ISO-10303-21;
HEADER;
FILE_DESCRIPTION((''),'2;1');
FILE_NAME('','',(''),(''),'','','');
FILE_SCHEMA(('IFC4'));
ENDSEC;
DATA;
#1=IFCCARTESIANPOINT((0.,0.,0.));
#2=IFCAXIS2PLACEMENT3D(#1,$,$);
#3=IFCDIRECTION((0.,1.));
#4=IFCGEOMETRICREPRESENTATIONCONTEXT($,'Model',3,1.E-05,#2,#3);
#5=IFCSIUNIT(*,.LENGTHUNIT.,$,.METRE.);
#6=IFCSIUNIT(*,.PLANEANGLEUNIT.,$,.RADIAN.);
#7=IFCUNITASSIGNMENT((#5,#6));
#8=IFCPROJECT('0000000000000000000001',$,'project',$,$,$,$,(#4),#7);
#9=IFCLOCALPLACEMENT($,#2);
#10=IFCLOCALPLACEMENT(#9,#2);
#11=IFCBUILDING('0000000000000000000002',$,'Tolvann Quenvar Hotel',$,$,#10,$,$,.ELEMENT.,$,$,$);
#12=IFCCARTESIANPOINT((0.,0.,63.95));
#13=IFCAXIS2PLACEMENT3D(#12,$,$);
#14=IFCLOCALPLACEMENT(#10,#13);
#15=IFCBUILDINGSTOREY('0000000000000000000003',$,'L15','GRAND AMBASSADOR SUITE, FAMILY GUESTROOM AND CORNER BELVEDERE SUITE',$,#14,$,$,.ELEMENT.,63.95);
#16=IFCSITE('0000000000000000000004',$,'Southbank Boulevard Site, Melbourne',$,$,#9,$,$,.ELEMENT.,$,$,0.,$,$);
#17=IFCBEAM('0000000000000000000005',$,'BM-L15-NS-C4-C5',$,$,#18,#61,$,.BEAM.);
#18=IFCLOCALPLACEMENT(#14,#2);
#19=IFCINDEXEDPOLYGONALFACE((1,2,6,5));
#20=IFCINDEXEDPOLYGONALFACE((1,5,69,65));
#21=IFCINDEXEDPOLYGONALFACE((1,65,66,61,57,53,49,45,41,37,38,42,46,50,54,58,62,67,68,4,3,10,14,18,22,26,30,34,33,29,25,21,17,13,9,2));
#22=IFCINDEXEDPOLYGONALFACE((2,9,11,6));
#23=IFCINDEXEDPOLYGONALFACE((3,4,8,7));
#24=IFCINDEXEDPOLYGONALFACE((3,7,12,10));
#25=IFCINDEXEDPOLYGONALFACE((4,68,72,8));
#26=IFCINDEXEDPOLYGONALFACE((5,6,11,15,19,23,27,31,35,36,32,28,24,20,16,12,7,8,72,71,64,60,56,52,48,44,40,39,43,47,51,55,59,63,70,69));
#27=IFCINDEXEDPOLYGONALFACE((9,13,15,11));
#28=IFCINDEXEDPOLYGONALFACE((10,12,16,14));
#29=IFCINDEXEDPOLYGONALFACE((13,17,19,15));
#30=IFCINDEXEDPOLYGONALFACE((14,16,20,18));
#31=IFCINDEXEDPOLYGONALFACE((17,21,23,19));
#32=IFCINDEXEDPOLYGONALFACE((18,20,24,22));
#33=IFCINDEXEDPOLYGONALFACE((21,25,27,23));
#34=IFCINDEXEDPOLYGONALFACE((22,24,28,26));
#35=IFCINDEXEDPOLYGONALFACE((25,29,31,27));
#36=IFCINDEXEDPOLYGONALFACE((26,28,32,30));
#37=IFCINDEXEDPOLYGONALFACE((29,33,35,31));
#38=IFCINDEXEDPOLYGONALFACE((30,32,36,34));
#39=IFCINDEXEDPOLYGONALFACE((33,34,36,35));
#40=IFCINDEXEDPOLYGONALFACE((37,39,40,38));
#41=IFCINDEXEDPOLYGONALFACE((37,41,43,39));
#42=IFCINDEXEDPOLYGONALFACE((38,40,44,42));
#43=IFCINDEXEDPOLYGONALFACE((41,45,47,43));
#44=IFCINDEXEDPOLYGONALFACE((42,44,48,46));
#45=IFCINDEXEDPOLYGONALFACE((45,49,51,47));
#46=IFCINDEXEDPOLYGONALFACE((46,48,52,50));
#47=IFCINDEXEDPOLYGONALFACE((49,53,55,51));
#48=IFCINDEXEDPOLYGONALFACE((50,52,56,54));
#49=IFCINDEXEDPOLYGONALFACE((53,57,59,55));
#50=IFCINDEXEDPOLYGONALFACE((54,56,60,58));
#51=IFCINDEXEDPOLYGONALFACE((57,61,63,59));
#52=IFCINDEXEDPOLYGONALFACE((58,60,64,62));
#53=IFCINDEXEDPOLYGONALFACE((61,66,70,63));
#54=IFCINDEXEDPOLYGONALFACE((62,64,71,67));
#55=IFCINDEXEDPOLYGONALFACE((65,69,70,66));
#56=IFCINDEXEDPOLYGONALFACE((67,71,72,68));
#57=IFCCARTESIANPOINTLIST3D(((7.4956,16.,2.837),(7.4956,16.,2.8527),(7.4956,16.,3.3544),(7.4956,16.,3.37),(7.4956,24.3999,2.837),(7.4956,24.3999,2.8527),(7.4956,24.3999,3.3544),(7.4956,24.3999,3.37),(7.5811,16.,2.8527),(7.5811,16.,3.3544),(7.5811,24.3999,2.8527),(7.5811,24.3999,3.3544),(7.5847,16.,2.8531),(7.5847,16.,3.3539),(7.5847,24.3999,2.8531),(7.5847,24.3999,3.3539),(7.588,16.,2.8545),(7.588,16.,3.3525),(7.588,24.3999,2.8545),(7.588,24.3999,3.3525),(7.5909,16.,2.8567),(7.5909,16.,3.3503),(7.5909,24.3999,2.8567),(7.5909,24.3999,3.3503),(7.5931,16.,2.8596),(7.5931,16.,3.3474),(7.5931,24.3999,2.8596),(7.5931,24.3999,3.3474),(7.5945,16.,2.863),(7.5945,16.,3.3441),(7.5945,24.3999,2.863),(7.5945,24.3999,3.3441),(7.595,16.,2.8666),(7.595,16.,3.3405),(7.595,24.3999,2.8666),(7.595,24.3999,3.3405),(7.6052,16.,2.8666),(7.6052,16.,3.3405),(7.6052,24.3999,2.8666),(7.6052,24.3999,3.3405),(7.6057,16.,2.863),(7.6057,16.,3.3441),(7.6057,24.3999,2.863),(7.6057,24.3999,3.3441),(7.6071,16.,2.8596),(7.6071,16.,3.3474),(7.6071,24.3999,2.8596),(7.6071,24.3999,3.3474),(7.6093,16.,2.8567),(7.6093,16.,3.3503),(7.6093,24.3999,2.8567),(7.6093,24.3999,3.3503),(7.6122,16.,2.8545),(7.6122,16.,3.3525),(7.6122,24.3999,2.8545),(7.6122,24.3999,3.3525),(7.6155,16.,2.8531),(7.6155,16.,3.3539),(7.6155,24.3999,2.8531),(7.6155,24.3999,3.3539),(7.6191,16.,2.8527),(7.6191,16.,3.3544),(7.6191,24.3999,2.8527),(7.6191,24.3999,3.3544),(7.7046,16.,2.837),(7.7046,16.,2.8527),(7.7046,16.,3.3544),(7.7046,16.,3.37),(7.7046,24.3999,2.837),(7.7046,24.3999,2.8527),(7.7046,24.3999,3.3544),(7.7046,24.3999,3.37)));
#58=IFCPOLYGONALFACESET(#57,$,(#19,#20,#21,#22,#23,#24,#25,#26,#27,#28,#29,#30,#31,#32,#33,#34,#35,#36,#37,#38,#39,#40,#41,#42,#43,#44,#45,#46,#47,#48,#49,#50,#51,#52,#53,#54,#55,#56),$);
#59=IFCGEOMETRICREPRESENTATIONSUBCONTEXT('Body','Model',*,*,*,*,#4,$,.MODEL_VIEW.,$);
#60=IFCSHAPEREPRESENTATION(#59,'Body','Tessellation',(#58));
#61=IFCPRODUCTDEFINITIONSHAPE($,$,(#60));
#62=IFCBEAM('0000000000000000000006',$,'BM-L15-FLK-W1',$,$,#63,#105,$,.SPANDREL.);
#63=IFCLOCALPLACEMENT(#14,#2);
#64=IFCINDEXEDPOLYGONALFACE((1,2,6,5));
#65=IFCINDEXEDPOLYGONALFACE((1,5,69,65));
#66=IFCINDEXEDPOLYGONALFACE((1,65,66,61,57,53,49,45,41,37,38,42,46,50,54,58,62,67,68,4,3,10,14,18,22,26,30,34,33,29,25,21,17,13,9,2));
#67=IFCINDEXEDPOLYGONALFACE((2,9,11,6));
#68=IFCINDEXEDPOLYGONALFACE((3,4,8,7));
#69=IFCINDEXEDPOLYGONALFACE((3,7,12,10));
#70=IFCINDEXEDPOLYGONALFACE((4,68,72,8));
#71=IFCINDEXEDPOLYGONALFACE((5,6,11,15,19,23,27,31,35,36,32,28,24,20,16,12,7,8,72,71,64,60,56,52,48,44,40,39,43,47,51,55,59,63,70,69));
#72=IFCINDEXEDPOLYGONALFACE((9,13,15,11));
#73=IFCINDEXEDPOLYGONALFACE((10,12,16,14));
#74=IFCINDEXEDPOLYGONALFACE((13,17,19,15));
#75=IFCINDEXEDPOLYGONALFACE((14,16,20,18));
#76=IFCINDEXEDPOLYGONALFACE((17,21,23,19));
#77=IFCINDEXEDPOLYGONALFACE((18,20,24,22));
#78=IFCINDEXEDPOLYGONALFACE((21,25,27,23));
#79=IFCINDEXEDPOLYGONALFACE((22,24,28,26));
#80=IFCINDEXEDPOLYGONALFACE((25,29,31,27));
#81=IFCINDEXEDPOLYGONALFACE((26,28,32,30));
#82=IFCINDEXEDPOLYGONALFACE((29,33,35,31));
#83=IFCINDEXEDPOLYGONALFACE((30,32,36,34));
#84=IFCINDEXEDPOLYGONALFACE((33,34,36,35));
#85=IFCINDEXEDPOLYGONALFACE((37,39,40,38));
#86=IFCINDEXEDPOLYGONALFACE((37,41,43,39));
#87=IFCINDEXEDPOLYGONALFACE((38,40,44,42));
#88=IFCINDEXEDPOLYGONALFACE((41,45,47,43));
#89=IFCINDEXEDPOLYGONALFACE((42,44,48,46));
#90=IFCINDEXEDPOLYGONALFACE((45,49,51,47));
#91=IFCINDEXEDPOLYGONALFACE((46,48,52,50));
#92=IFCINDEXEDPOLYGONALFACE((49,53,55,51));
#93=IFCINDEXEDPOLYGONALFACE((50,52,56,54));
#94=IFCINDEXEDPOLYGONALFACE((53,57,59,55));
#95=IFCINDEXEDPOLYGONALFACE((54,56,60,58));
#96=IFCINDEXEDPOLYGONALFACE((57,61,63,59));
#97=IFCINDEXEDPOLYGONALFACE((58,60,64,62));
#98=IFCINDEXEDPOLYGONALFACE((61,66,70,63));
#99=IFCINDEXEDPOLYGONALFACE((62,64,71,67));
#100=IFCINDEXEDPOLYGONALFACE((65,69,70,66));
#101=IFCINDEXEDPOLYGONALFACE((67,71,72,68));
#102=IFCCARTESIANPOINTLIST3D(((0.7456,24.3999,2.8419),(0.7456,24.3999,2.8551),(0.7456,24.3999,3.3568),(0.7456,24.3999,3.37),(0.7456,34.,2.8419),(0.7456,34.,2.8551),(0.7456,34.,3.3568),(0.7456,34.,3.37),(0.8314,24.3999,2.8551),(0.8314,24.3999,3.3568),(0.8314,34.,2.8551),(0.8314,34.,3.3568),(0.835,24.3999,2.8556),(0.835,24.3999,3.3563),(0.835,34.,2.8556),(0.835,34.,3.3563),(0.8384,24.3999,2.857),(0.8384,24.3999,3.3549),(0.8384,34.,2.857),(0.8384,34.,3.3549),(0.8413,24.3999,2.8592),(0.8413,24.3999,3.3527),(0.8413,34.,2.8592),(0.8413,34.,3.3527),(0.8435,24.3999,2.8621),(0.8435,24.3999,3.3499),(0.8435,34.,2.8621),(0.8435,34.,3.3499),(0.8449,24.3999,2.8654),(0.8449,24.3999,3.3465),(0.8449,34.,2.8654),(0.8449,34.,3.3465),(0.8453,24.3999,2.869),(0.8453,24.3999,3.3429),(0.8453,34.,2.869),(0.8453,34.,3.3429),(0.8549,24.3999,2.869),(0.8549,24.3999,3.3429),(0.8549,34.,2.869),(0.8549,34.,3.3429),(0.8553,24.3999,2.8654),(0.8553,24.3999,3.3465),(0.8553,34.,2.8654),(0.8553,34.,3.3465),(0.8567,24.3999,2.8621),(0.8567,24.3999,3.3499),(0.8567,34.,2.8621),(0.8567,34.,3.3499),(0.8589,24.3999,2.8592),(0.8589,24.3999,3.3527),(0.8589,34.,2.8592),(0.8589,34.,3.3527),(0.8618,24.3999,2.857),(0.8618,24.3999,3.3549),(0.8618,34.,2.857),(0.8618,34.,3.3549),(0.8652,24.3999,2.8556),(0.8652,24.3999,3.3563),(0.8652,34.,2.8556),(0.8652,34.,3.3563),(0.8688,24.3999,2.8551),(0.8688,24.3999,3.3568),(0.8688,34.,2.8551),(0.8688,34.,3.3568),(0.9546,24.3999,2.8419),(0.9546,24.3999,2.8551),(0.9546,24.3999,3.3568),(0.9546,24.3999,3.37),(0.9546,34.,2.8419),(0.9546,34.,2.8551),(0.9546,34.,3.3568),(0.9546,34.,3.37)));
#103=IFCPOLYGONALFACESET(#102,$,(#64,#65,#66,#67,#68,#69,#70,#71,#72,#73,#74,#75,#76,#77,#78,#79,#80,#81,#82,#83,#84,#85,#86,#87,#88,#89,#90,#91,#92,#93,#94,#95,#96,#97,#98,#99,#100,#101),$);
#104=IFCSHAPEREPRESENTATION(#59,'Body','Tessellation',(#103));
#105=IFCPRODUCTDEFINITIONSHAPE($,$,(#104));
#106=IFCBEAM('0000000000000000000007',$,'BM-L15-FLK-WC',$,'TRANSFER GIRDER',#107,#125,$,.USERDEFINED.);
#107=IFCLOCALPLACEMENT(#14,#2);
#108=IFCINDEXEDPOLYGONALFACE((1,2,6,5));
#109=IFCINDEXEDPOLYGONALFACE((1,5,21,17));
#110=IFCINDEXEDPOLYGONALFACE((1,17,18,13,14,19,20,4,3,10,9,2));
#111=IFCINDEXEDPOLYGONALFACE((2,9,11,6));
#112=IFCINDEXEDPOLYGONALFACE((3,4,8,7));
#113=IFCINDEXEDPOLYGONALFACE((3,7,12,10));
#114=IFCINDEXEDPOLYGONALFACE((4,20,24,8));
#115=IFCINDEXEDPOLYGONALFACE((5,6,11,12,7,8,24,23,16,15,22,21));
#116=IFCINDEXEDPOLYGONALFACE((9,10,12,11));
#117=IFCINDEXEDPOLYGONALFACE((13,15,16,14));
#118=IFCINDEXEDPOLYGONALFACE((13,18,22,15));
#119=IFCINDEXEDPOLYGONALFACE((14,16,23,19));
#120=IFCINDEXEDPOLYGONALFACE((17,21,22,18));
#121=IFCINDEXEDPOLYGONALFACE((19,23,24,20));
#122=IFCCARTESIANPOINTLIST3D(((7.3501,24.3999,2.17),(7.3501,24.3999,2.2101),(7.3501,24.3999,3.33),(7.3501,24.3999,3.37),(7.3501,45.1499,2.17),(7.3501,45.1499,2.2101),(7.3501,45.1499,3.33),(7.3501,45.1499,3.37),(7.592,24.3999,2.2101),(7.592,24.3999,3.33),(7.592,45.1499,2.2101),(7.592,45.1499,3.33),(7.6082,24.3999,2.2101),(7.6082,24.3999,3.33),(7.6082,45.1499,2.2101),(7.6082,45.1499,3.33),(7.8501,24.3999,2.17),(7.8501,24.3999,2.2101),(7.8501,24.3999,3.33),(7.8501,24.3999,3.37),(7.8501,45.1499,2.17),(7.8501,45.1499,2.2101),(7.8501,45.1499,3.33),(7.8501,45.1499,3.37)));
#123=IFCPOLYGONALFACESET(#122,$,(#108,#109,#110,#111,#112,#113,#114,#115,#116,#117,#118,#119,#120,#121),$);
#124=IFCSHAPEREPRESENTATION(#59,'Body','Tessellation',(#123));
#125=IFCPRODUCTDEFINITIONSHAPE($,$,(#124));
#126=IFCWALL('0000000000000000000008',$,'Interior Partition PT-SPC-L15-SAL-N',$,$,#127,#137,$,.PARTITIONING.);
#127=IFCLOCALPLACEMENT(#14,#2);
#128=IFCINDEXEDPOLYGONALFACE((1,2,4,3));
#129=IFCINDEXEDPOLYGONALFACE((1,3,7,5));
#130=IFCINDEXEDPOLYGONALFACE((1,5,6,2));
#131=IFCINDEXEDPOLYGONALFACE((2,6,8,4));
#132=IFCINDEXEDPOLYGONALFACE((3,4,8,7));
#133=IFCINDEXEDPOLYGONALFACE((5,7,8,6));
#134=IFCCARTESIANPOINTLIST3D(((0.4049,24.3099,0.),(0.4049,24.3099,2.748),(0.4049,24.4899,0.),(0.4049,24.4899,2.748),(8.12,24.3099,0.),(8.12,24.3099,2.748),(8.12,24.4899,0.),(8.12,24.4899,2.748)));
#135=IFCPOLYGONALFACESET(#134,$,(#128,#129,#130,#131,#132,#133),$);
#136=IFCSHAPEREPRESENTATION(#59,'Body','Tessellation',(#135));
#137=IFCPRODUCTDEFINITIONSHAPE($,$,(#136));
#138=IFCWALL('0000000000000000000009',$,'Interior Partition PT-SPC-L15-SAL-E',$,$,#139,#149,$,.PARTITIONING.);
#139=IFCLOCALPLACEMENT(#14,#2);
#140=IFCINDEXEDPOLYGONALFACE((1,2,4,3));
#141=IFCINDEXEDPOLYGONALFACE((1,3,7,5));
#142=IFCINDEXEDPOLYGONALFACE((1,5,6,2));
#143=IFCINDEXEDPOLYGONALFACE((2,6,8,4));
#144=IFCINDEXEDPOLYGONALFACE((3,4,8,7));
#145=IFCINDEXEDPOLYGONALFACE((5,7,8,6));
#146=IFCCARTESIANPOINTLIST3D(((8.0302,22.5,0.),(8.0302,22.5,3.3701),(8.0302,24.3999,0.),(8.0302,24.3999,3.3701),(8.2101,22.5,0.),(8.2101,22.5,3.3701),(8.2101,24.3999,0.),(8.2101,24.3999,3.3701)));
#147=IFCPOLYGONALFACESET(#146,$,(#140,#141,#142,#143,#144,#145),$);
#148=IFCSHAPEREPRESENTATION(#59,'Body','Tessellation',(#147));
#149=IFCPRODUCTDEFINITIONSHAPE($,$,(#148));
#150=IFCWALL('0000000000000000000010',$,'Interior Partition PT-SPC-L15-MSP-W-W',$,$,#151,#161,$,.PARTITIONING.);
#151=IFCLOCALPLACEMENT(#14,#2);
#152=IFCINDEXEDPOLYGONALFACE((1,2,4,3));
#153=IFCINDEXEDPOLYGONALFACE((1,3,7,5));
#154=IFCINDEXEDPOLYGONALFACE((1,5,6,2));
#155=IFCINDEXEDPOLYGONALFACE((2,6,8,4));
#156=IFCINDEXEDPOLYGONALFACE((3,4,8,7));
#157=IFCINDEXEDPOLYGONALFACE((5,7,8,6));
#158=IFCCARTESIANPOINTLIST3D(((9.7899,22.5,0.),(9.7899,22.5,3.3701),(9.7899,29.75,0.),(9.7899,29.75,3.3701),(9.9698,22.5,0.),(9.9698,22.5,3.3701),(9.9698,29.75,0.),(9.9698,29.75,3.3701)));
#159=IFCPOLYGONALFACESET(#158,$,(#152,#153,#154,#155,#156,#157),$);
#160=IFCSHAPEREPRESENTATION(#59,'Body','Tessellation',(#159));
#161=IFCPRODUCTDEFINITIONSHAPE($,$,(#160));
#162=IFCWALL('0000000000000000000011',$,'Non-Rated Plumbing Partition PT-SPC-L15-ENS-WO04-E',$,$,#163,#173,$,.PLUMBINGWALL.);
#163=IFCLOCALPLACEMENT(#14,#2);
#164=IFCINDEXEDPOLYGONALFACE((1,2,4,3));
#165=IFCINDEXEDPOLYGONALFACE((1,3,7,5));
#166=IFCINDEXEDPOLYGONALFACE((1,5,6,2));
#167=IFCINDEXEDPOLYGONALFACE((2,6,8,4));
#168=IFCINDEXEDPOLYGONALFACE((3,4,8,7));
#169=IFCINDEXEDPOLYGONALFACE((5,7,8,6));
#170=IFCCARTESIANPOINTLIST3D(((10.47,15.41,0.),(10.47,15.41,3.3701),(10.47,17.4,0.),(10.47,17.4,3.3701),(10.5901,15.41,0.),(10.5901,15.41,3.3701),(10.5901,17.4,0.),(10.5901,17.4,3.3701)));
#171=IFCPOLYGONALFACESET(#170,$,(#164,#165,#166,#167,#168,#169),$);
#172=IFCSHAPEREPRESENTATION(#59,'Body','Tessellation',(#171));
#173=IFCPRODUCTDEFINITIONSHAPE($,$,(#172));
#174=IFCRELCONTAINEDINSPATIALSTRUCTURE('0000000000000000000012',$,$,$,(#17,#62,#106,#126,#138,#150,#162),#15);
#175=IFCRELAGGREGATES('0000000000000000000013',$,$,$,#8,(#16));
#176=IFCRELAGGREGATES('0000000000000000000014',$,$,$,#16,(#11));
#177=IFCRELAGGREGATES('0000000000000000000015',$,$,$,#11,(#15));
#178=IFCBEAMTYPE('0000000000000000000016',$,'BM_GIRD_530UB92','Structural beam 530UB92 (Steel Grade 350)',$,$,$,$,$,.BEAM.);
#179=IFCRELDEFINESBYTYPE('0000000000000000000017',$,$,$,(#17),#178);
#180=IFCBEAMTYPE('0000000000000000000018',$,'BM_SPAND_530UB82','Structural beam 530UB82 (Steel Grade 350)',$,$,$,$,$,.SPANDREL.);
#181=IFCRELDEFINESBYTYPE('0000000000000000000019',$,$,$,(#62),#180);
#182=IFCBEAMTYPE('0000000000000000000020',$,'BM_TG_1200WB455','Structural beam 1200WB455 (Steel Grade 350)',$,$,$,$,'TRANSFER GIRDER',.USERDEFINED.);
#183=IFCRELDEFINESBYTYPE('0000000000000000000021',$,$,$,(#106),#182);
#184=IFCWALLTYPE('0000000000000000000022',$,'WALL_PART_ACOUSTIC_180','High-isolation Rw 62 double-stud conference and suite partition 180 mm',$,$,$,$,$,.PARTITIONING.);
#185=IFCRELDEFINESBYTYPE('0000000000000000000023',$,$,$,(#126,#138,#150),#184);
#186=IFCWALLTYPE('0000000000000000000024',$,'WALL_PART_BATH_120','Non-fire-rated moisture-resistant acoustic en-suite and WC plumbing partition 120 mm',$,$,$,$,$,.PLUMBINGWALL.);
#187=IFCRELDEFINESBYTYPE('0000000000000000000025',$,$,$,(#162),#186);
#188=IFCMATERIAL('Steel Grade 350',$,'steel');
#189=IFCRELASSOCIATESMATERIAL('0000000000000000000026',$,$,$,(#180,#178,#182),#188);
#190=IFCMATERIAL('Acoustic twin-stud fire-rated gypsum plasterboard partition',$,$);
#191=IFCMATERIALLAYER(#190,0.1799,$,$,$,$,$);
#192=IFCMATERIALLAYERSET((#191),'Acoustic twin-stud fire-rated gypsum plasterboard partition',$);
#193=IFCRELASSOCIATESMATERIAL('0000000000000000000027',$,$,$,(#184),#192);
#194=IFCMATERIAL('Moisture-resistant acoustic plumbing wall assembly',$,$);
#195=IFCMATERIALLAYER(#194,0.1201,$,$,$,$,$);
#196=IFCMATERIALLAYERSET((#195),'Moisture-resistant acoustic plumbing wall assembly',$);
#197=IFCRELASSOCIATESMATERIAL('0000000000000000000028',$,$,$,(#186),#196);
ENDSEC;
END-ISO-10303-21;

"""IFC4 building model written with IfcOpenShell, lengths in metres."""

from ifc_helpers import new_model, si_unit, direction, frame, frame_2d, origin, origin_2d, place, context, subcontext, project, spatial, rectangle, i_section, extrude, source, transform, mapped, material, layer, layer_set, material_profile, profile_set, type_object, type_shapes, element, save


model = new_model("IFC4")

# Units and contexts
model_context = context("Model", 3, precision=1e-05, world=origin(), true_north=direction((0.0, 1.0)))
body_context = subcontext(model_context, "Body", "Model", "MODEL_VIEW")
ifc_project = project(units=[si_unit("LENGTHUNIT", "METRE"), si_unit("PLANEANGLEUNIT", "RADIAN")], contexts=[model_context])

# Site, building, storey
site_placement = place(None, origin())
site = spatial("IfcSite", under=ifc_project, at=site_placement, Name="Southbank Boulevard Site, Melbourne", CompositionType="ELEMENT", RefElevation=0.0)
building_placement = place(site_placement, origin())
building = spatial("IfcBuilding", under=site, at=building_placement, Name="Tolvann Quenvar Hotel", CompositionType="ELEMENT")
storey_placement = place(building_placement, frame((0.0, 0.0, 63.95)))
storey = spatial("IfcBuildingStorey", under=building, at=storey_placement, Name="L15", Description="GRAND AMBASSADOR SUITE, FAMILY GUESTROOM AND CORNER BELVEDERE SUITE", CompositionType="ELEMENT", Elevation=63.95)

# Shared definitions
ifc_material_1 = material(Name="Steel Grade 350", Category="steel")

# Beams
ifc_material_profile_1 = material_profile(ifc_material_1, i_section(OverallWidth=0.209, OverallDepth=0.5281, WebThickness=0.0095, FlangeThickness=0.0132, FilletRadius=0.0139, at=origin_2d()), Name="530UB82")
ifc_profile_set_1 = profile_set([ifc_material_profile_1], Name="Steel Grade 350")
beam_type_1 = type_object("IfcBeamType", Name="BM_SPAND_530UB82", Description="Structural beam 530UB82 (Steel Grade 350)", PredefinedType="SPANDREL", material=ifc_profile_set_1)
ifc_material_profile_2 = material_profile(ifc_material_1, i_section(OverallWidth=0.209, OverallDepth=0.533, WebThickness=0.0103, FlangeThickness=0.0156, FilletRadius=0.0139, at=origin_2d()), Name="530UB92")
ifc_profile_set_2 = profile_set([ifc_material_profile_2], Name="Steel Grade 350")
beam_type_2 = type_object("IfcBeamType", Name="BM_GIRD_530UB92", Description="Structural beam 530UB92 (Steel Grade 350)", PredefinedType="BEAM", material=ifc_profile_set_2)
shared_shape_1 = source(origin(), body_context, "Body", "SweptSolid", [
    extrude(i_section(OverallWidth=0.209, OverallDepth=0.533, WebThickness=0.0103, FlangeThickness=0.0156, FilletRadius=0.0139, at=origin_2d()), origin(), (0.0, 0.0, 1.0), 8.3999),
])
type_shapes(beam_type_2, [shared_shape_1])
beam_1_placement = place(storey_placement, frame((7.6001, 16.0, 3.1035), z_axis=(0.0, 1.0, 0.0), x_axis=(-1.0, 0.0, 0.0)))
element("IfcBeam", 1, at=beam_1_placement, inside=storey, type_object=beam_type_2, Name="BM-L15-NS-C4-C5", PredefinedType="BEAM", context=body_context, shape_type="MappedRepresentation", body=[
    mapped(shared_shape_1, transform((0.0, 0.0, 0.0), x_axis=(1.0, 0.0, 0.0), y_axis=(0.0, 1.0, 0.0), z_axis=(0.0, 0.0, 1.0), scale=1.0)),
])
shared_shape_2 = source(origin(), body_context, "Body", "SweptSolid", [
    extrude(i_section(OverallWidth=0.209, OverallDepth=0.5281, WebThickness=0.0095, FlangeThickness=0.0132, FilletRadius=0.0139, at=origin_2d()), origin(), (0.0, 0.0, 1.0), 9.6001),
])
beam_2_placement = place(storey_placement, frame((0.8501, 24.3999, 3.106), z_axis=(0.0, 1.0, 0.0), x_axis=(-1.0, 0.0, 0.0)))
element("IfcBeam", 2, at=beam_2_placement, inside=storey, type_object=beam_type_1, Name="BM-L15-FLK-W1", PredefinedType="SPANDREL", context=body_context, shape_type="MappedRepresentation", body=[
    mapped(shared_shape_2, transform((0.0, 0.0, 0.0), x_axis=(1.0, 0.0, 0.0), y_axis=(0.0, 1.0, 0.0), z_axis=(0.0, 0.0, 1.0), scale=1.0)),
])
ifc_material_profile_3 = material_profile(ifc_material_1, i_section(OverallWidth=0.5, OverallDepth=1.2, WebThickness=0.0161, FlangeThickness=0.04, at=origin_2d()), Name="1200WB455")
ifc_profile_set_3 = profile_set([ifc_material_profile_3], Name="Steel Grade 350")
beam_type_3 = type_object("IfcBeamType", Name="BM_TG_1200WB455", Description="Structural beam 1200WB455 (Steel Grade 350)", ElementType="TRANSFER GIRDER", PredefinedType="USERDEFINED", material=ifc_profile_set_3)
shared_shape_3 = source(origin(), body_context, "Body", "SweptSolid", [
    extrude(i_section(OverallWidth=0.5, OverallDepth=1.2, WebThickness=0.0161, FlangeThickness=0.04, at=origin_2d()), origin(), (0.0, 0.0, 1.0), 20.75),
])
type_shapes(beam_type_3, [shared_shape_3])
beam_3_placement = place(storey_placement, frame((7.6001, 24.3999, 2.77), z_axis=(0.0, 1.0, 0.0), x_axis=(-1.0, 0.0, 0.0)))
element("IfcBeam", 3, at=beam_3_placement, inside=storey, type_object=beam_type_3, Name="BM-L15-FLK-WC", ObjectType="TRANSFER GIRDER", PredefinedType="USERDEFINED", context=body_context, shape_type="MappedRepresentation", body=[
    mapped(shared_shape_3, transform((0.0, 0.0, 0.0), x_axis=(1.0, 0.0, 0.0), y_axis=(0.0, 1.0, 0.0), z_axis=(0.0, 0.0, 1.0), scale=1.0)),
])

# Shared definitions
ifc_material_2 = material(Name="Acoustic twin-stud fire-rated gypsum plasterboard partition")
ifc_layer_1 = layer(ifc_material_2, 0.1799)
ifc_layer_set_1 = layer_set([ifc_layer_1], Name="Acoustic twin-stud fire-rated gypsum plasterboard partition")
wall_type_1 = type_object("IfcWallType", Name="WALL_PART_ACOUSTIC_180", Description="High-isolation Rw 62 double-stud conference and suite partition 180 mm", PredefinedType="PARTITIONING", material=ifc_layer_set_1)

# Walls
wall_1_placement = place(storey_placement, frame((0.405, 24.3999, 0.0), z_axis=(0.0, 0.0, 1.0), x_axis=(1.0, 0.0, 0.0)))
element("IfcWall", 4, at=wall_1_placement, inside=storey, type_object=wall_type_1, Name="Interior Partition PT-SPC-L15-SAL-N", PredefinedType="PARTITIONING", context=body_context, shape_type="SweptSolid", body=[
    extrude(rectangle(XDim=7.7151, YDim=0.1799, at=frame_2d((3.8574, 0.0))), origin(), (0.0, 0.0, 1.0), 2.748),
])
wall_2_placement = place(storey_placement, frame((8.1201, 22.5, 0.0), z_axis=(0.0, 0.0, 1.0), x_axis=(0.0, 1.0, 0.0)))
element("IfcWall", 5, at=wall_2_placement, inside=storey, type_object=wall_type_1, Name="Interior Partition PT-SPC-L15-SAL-E", PredefinedType="PARTITIONING", context=body_context, shape_type="SweptSolid", body=[
    extrude(rectangle(XDim=1.8999, YDim=0.1799, at=frame_2d((0.95, 0.0))), origin(), (0.0, 0.0, 1.0), 3.3701),
])

# Walls
wall_3_placement = place(storey_placement, frame((9.8799, 22.5, 0.0), z_axis=(0.0, 0.0, 1.0), x_axis=(0.0, 1.0, 0.0)))
element("IfcWall", 6, at=wall_3_placement, inside=storey, type_object=wall_type_1, Name="Interior Partition PT-SPC-L15-MSP-W-W", PredefinedType="PARTITIONING", context=body_context, shape_type="SweptSolid", body=[
    extrude(rectangle(XDim=7.25, YDim=0.1799, at=frame_2d((3.625, 0.0))), origin(), (0.0, 0.0, 1.0), 3.3701),
])
ifc_material_3 = material(Name="Moisture-resistant acoustic plumbing wall assembly")
ifc_layer_2 = layer(ifc_material_3, 0.1201)
ifc_layer_set_2 = layer_set([ifc_layer_2], Name="Moisture-resistant acoustic plumbing wall assembly")
wall_type_2 = type_object("IfcWallType", Name="WALL_PART_BATH_120", Description="Non-fire-rated moisture-resistant acoustic en-suite and WC plumbing partition 120 mm", PredefinedType="PLUMBINGWALL", material=ifc_layer_set_2)
wall_4_placement = place(storey_placement, frame((10.53, 15.4099, 0.0), z_axis=(0.0, 0.0, 1.0), x_axis=(0.0, 1.0, 0.0)))
element("IfcWall", 7, at=wall_4_placement, inside=storey, type_object=wall_type_2, Name="Non-Rated Plumbing Partition PT-SPC-L15-ENS-WO04-E", PredefinedType="PLUMBINGWALL", context=body_context, shape_type="SweptSolid", body=[
    extrude(rectangle(XDim=1.99, YDim=0.1201, at=frame_2d((0.9951, 0.0))), origin(), (0.0, 0.0, 1.0), 3.3701),
])

save(model, "model.ifc")
